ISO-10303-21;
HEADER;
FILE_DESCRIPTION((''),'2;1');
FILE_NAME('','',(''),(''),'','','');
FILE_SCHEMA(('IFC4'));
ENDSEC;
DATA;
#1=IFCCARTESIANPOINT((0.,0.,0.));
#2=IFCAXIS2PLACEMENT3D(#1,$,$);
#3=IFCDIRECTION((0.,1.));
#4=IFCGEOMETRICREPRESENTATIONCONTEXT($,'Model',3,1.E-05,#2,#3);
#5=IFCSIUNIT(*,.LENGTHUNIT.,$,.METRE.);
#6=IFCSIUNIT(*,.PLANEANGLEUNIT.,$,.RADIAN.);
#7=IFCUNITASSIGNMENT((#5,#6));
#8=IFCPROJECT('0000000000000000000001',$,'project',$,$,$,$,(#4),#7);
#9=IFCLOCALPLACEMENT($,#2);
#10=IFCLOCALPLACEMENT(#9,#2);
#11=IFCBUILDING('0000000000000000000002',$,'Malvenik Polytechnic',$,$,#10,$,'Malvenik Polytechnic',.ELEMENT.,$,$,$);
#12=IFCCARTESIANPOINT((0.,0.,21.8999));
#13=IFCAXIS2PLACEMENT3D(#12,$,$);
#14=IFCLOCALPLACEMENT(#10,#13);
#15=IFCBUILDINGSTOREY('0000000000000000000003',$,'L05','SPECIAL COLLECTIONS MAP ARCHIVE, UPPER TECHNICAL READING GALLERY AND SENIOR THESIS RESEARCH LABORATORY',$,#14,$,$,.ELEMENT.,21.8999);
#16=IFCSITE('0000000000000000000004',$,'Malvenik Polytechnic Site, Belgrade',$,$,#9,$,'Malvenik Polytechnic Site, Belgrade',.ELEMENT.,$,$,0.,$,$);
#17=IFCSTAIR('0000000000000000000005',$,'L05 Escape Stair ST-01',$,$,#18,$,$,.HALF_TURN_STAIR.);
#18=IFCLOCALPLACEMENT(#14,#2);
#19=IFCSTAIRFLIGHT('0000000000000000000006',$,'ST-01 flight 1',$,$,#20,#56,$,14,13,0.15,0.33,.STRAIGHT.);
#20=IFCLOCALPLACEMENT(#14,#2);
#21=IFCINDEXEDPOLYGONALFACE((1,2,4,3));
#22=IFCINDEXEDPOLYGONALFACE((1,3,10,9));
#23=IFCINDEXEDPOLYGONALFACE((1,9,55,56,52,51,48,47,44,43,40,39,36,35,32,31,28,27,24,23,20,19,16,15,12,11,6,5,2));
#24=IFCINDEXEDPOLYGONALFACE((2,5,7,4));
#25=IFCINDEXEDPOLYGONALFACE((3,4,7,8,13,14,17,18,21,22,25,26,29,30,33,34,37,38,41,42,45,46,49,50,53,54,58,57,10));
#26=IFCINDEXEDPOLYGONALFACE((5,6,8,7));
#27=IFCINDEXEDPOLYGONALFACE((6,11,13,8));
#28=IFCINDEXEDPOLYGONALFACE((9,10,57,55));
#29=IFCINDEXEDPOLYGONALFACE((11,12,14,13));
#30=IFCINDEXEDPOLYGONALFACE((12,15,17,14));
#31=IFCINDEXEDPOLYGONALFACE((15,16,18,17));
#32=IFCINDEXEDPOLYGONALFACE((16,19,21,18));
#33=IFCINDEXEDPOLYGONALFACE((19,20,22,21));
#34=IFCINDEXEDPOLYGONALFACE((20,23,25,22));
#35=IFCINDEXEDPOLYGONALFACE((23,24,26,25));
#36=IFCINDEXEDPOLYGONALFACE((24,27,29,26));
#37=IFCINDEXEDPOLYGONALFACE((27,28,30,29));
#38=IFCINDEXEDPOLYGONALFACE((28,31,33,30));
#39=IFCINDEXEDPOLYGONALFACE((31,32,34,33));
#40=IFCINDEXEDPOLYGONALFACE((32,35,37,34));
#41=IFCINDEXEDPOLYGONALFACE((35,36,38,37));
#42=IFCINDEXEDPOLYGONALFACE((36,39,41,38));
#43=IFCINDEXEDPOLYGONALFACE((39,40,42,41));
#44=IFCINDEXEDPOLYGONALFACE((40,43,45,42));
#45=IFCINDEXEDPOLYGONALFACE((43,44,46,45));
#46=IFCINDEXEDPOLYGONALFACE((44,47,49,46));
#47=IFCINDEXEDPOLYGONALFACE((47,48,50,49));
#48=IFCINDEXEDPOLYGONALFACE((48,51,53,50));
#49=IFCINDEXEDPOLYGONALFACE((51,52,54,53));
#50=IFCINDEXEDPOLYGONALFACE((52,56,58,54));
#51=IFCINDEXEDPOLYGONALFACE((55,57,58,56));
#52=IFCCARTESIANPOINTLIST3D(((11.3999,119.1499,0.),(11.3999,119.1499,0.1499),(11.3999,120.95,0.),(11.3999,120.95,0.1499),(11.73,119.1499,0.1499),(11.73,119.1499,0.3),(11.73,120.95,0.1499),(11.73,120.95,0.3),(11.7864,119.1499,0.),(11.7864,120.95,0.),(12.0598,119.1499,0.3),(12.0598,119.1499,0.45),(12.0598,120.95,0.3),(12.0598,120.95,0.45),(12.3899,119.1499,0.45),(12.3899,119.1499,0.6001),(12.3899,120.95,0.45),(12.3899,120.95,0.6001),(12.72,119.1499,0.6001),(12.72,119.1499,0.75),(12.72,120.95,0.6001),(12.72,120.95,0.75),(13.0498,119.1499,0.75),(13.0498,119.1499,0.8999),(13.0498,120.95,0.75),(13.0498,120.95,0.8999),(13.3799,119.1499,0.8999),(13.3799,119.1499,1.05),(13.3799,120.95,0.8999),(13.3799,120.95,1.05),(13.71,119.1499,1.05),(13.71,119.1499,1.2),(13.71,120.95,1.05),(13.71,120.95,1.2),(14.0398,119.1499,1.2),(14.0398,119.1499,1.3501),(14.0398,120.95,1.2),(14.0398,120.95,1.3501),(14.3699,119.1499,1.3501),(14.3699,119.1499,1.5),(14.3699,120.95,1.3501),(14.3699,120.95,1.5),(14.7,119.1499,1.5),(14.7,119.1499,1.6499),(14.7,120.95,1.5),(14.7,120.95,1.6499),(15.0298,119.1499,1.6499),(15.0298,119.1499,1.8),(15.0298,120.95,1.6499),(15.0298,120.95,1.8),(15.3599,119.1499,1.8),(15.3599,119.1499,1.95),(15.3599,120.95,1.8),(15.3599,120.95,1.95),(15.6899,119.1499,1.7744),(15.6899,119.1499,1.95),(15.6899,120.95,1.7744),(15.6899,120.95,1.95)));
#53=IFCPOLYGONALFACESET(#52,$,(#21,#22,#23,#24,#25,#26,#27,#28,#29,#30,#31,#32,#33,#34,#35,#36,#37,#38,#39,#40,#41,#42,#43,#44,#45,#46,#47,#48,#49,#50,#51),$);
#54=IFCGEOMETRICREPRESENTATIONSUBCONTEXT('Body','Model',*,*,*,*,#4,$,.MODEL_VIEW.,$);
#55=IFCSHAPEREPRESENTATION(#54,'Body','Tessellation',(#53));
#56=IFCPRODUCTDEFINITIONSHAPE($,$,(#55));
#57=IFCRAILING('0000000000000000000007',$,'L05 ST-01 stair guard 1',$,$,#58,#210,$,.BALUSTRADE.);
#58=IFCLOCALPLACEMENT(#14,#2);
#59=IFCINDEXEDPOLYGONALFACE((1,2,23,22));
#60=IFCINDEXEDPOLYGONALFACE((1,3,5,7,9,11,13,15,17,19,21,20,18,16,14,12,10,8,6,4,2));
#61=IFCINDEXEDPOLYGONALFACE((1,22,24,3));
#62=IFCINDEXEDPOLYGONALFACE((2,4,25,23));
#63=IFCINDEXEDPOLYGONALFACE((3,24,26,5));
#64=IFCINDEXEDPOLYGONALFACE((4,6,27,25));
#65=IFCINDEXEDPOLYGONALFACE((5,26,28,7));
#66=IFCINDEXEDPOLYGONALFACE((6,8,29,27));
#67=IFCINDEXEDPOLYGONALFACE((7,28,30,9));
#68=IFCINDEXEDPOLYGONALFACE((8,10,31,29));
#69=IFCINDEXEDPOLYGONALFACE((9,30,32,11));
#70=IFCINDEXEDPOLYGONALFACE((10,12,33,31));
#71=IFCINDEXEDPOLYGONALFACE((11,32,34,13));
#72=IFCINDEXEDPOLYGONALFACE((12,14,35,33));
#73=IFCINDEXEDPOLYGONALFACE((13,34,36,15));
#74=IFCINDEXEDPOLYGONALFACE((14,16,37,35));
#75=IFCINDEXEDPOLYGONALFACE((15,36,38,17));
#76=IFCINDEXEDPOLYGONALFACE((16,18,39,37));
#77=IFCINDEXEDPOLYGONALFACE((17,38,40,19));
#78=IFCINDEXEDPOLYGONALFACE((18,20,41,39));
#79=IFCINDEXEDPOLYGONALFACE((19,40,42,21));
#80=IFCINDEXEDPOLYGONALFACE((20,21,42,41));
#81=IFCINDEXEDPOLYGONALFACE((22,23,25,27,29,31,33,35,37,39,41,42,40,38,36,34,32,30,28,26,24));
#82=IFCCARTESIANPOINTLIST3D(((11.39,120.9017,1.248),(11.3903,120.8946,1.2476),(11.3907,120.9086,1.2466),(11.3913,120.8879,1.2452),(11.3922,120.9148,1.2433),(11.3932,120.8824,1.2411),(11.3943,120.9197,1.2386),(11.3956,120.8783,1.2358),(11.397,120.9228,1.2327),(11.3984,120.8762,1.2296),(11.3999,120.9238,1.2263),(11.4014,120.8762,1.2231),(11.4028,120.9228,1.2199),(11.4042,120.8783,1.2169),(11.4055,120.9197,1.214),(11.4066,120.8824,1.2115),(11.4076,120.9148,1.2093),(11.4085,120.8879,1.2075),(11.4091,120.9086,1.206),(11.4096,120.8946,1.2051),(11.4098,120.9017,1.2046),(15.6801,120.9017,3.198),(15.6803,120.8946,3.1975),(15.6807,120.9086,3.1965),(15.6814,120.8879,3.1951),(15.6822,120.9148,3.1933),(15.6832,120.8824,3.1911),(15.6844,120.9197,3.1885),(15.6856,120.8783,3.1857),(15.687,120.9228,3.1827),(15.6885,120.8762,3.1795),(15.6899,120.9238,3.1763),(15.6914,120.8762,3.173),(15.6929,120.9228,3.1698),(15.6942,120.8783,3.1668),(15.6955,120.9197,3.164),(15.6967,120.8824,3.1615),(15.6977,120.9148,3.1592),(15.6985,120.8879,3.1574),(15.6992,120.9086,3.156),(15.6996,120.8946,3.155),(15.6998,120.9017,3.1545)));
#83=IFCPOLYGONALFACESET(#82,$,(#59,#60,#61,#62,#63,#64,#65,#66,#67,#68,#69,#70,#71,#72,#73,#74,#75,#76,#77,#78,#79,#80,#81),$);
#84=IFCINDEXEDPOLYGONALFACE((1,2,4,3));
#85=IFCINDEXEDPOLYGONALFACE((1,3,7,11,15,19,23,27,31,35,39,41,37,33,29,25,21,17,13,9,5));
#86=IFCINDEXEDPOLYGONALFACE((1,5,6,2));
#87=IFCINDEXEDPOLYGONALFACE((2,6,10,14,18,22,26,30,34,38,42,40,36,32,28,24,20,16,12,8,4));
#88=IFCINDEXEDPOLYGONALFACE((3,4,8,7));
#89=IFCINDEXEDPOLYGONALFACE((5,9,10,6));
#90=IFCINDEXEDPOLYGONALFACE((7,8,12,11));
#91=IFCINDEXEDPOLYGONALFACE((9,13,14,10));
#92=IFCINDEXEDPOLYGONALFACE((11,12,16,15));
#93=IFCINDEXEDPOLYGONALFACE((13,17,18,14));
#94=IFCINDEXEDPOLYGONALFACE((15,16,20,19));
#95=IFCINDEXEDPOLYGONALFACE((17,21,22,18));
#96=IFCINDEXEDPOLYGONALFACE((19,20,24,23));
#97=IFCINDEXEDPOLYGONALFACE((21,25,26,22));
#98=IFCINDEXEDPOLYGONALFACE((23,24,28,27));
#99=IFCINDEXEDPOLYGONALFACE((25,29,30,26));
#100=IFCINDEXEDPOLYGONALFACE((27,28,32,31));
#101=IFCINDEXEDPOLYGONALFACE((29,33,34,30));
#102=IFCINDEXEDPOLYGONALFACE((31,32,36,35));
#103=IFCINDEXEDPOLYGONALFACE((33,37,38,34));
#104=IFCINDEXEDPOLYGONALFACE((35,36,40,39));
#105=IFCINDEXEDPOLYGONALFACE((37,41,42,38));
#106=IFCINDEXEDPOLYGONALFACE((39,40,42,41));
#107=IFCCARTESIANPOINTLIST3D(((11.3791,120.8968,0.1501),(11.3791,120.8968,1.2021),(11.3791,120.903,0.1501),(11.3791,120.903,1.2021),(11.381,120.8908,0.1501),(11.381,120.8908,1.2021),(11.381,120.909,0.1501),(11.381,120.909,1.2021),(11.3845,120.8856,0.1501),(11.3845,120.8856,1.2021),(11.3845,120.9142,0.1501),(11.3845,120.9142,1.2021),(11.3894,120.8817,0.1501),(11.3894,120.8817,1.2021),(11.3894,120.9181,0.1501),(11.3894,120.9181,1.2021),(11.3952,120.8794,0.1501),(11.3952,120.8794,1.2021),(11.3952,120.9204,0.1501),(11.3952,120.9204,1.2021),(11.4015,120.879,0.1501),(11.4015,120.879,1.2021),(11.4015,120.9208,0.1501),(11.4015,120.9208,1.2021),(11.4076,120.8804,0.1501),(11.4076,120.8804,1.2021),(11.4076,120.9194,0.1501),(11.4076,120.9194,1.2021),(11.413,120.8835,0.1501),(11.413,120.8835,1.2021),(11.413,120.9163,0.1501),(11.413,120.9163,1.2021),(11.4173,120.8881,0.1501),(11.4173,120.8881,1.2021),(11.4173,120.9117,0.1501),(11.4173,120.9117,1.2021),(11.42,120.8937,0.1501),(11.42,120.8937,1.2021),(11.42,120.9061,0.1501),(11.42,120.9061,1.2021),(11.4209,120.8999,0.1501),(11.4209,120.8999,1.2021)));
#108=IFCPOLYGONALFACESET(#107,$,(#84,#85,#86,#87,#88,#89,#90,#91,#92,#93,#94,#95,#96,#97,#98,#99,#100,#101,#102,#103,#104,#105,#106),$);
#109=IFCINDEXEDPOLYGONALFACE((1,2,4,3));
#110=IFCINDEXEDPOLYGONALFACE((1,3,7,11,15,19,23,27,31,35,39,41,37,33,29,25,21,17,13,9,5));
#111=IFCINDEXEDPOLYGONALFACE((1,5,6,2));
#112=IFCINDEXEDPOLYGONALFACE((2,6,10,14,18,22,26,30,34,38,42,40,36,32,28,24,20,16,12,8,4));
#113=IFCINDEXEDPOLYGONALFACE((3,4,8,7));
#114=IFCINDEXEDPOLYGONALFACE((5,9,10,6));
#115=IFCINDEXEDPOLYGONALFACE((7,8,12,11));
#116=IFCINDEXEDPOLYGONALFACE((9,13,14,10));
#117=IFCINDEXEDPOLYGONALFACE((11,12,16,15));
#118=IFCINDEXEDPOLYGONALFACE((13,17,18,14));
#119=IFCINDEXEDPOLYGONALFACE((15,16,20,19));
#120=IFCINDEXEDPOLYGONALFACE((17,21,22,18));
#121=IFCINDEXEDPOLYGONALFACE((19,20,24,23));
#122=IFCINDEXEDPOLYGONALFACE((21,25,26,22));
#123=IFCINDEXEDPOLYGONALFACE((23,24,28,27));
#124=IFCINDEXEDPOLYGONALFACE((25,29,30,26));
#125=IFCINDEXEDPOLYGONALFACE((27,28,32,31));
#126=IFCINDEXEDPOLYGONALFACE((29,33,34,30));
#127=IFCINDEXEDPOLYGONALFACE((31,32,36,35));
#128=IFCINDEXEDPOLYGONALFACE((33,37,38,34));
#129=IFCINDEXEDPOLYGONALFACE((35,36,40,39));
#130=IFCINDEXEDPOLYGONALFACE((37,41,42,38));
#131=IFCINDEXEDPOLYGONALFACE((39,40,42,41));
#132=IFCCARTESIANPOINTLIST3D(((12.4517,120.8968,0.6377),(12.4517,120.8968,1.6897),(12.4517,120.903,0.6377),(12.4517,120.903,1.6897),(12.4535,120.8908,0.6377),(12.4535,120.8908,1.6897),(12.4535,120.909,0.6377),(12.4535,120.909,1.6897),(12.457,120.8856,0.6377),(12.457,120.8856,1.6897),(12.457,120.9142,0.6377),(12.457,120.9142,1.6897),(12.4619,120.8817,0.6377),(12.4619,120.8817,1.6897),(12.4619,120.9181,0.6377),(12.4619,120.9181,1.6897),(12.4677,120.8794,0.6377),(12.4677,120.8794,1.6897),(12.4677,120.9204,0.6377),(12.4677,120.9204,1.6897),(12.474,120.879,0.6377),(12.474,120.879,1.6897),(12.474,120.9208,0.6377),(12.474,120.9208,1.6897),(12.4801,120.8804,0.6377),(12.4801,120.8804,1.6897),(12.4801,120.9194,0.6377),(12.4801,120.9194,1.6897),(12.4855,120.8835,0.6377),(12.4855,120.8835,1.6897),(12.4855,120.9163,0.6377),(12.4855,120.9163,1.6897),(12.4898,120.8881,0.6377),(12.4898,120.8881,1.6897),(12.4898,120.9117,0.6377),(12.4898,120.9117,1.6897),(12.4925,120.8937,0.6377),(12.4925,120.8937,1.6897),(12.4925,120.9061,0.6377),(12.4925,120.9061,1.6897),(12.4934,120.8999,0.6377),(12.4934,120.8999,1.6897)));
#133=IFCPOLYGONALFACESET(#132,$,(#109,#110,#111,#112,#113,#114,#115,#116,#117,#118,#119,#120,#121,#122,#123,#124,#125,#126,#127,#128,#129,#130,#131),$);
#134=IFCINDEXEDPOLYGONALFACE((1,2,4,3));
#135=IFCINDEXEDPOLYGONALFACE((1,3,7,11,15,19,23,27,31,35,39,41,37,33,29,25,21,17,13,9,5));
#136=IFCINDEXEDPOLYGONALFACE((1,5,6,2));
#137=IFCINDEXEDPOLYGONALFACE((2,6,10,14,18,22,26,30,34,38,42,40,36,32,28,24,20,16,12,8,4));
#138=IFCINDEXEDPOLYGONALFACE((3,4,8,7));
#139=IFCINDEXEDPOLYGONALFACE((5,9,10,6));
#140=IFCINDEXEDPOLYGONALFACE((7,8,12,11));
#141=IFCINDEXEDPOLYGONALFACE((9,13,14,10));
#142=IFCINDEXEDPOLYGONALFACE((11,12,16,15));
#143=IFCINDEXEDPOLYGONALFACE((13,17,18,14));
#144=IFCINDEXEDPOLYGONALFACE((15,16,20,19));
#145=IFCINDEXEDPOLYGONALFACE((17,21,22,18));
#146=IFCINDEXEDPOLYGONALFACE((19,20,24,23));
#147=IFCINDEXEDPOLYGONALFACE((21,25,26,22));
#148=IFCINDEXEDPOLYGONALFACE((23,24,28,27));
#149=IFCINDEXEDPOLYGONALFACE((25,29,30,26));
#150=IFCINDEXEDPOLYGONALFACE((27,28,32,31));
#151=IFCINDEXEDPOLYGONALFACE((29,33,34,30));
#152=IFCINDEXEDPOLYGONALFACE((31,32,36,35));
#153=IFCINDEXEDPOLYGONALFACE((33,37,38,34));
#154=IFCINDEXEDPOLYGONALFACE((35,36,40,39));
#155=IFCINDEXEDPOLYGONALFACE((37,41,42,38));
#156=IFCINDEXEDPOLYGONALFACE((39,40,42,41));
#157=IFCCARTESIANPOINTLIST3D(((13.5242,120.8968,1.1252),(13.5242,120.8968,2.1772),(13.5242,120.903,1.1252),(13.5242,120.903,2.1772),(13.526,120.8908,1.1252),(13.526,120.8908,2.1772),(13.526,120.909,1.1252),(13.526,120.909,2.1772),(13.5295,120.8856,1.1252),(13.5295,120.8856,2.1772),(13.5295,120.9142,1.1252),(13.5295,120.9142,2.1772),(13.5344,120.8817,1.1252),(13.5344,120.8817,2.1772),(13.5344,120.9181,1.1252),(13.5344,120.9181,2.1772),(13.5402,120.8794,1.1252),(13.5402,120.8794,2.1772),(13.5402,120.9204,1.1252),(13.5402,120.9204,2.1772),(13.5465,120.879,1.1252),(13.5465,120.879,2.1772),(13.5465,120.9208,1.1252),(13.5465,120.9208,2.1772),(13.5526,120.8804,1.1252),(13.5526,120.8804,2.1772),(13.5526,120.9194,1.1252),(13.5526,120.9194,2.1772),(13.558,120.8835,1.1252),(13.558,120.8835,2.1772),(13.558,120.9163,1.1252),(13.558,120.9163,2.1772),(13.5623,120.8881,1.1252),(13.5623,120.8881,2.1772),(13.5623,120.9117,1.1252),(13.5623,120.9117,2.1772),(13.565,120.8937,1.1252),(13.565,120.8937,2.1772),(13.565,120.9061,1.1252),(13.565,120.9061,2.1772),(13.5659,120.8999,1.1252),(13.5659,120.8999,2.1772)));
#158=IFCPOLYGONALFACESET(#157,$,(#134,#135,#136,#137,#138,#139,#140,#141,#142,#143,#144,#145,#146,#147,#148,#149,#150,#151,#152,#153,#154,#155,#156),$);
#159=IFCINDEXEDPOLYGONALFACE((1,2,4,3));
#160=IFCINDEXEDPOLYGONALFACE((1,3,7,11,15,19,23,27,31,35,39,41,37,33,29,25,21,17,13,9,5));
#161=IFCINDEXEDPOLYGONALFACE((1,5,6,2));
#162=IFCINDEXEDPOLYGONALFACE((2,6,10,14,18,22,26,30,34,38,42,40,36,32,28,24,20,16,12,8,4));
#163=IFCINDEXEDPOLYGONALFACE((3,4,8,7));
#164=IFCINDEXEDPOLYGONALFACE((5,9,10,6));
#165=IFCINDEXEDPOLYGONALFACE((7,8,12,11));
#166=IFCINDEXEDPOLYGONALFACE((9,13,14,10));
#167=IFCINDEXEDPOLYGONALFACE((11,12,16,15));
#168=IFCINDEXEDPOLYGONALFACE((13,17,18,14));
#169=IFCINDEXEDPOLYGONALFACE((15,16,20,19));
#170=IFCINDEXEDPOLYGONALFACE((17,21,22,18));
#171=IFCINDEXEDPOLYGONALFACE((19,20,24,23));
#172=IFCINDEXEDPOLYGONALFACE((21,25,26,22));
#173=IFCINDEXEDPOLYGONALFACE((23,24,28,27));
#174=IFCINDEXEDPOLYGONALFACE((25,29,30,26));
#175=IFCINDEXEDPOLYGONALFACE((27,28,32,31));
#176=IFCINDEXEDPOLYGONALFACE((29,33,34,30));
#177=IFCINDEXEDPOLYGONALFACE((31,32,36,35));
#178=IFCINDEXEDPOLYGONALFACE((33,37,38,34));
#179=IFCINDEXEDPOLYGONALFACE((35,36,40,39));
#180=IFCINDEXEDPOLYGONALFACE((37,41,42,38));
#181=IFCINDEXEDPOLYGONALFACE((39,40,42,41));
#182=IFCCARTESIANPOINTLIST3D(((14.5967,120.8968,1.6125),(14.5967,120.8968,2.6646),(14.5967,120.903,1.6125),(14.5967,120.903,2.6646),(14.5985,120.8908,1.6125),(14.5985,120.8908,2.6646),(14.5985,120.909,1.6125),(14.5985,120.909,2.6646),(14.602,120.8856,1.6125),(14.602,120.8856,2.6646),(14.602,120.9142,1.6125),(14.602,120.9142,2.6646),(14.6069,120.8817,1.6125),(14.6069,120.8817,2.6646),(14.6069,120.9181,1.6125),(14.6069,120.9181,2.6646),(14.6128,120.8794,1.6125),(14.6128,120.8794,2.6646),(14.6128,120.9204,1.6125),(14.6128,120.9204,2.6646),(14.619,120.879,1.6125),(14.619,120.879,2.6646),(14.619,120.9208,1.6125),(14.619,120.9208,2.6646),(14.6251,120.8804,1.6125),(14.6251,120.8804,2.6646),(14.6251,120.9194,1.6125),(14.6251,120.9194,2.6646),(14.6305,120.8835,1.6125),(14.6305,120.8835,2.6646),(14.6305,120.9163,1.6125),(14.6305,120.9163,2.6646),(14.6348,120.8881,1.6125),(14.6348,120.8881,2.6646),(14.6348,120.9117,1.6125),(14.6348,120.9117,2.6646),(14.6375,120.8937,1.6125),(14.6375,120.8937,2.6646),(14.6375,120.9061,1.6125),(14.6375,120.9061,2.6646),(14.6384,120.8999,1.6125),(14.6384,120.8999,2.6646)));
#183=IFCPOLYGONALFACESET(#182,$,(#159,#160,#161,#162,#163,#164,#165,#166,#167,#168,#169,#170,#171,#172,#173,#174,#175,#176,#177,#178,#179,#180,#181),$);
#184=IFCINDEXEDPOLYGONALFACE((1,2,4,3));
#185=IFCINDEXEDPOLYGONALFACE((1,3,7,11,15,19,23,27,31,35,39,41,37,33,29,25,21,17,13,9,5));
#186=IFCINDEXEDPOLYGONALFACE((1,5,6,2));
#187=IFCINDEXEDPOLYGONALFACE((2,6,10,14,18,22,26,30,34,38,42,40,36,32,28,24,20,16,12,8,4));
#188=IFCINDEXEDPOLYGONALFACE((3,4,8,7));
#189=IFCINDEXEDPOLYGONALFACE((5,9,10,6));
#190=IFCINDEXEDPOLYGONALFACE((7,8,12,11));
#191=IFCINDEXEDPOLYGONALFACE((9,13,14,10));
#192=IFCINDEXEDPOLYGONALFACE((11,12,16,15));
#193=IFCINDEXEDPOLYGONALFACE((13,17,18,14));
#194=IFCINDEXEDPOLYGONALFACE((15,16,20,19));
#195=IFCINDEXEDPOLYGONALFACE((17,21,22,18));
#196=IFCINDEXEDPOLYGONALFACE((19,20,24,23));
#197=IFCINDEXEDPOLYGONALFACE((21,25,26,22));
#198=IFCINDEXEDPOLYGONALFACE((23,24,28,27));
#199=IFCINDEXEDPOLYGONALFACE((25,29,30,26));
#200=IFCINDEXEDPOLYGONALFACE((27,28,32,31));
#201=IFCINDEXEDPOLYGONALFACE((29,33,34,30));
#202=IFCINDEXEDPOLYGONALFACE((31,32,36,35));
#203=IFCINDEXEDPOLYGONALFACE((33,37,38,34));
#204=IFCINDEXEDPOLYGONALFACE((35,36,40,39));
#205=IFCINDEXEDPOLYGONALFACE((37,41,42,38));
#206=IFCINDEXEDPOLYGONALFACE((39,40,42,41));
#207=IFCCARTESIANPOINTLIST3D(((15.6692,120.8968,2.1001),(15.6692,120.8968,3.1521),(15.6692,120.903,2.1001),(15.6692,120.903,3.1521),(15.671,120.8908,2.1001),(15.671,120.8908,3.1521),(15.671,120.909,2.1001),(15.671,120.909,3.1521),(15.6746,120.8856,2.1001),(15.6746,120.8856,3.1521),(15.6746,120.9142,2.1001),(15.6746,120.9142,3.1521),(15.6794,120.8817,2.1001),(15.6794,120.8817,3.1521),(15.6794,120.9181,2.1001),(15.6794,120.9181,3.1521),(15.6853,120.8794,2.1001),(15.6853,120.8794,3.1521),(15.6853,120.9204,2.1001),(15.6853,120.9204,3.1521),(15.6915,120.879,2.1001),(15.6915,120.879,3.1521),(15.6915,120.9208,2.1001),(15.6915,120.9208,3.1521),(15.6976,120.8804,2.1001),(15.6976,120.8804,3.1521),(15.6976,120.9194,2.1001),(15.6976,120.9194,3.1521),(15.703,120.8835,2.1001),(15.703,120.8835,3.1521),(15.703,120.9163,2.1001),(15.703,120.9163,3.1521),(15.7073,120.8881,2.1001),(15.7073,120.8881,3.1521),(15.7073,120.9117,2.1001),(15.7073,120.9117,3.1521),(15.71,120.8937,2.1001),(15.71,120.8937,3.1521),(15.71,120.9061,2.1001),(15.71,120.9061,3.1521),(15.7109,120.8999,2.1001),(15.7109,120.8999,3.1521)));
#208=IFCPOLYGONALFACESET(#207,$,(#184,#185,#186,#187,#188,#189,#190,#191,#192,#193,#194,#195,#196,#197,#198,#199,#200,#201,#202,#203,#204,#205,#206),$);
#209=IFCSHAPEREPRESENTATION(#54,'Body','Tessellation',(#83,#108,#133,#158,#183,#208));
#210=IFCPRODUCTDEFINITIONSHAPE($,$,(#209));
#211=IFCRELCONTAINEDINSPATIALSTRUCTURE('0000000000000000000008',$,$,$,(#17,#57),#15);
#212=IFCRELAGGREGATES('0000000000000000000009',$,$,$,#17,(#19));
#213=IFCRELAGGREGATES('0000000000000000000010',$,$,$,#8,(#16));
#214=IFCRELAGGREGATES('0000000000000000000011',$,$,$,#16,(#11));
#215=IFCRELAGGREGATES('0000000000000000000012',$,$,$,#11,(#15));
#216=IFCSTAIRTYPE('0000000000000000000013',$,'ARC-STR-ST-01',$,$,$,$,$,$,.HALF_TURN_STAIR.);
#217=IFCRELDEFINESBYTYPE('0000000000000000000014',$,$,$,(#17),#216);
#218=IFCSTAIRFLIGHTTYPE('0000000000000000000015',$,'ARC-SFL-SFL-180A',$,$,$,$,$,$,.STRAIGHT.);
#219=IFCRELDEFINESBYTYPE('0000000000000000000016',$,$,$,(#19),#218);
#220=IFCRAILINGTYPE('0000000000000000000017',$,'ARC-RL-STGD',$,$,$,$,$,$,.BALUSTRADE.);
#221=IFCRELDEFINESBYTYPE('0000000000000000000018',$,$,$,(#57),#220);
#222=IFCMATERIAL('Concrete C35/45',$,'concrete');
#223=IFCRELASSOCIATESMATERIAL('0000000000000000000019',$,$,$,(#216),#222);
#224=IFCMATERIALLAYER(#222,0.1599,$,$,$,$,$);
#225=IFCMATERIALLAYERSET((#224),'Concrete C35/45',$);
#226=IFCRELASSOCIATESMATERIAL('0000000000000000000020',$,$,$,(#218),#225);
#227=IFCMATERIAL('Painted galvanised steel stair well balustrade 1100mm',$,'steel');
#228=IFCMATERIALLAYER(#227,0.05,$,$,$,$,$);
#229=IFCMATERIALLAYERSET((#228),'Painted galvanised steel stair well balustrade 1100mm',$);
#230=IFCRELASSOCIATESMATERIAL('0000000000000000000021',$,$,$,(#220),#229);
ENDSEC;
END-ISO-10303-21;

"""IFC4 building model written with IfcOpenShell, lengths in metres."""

from ifc_helpers import new_model, si_unit, direction, frame, origin, origin_2d, place, context, subcontext, project, spatial, polyline, circle, outline, extrude, material, layer, layer_set, type_object, element, aggregate, save


model = new_model("IFC4")

# Units and contexts
model_context = context("Model", 3, precision=1e-05, world=origin(), true_north=direction((0.0, 1.0)))
body_context = subcontext(model_context, "Body", "Model", "MODEL_VIEW")
ifc_project = project(units=[si_unit("LENGTHUNIT", "METRE"), si_unit("PLANEANGLEUNIT", "RADIAN")], contexts=[model_context])

# Site, building, storey
site_placement = place(None, origin())
site = spatial("IfcSite", under=ifc_project, at=site_placement, Name="Malvenik Polytechnic Site, Belgrade", LongName="Malvenik Polytechnic Site, Belgrade", CompositionType="ELEMENT", RefElevation=0.0)
building_placement = place(site_placement, origin())
building = spatial("IfcBuilding", under=site, at=building_placement, Name="Malvenik Polytechnic", LongName="Malvenik Polytechnic", CompositionType="ELEMENT")
storey_placement = place(building_placement, frame((0.0, 0.0, 21.8999)))
storey = spatial("IfcBuildingStorey", under=building, at=storey_placement, Name="L05", Description="SPECIAL COLLECTIONS MAP ARCHIVE, UPPER TECHNICAL READING GALLERY AND SENIOR THESIS RESEARCH LABORATORY", CompositionType="ELEMENT", Elevation=21.8999)

# Shared definitions
ifc_material_1 = material(Name="Concrete C35/45", Category="concrete")

# Stair, stair flight
stair_type = type_object("IfcStairType", Name="ARC-STR-ST-01", PredefinedType="HALF_TURN_STAIR", material=ifc_material_1)
stair_placement = place(storey_placement, origin())
stair = element("IfcStair", 1, at=stair_placement, inside=storey, type_object=stair_type, Name="L05 Escape Stair ST-01", PredefinedType="HALF_TURN_STAIR")
ifc_layer_1 = layer(ifc_material_1, 0.1599)
ifc_layer_set_1 = layer_set([ifc_layer_1], Name="Concrete C35/45")
stair_flight_type = type_object("IfcStairFlightType", Name="ARC-SFL-SFL-180A", PredefinedType="STRAIGHT", material=ifc_layer_set_1)
stair_flight_placement = place(storey_placement, frame((11.3999, 120.05, 0.0), z_axis=(0.0, 0.0, 1.0), x_axis=(1.0, 0.0, 0.0)))
stair_flight = element("IfcStairFlight", 2, at=stair_flight_placement, type_object=stair_flight_type, Name="ST-01 flight 1", NumberOfRisers=14, NumberOfTreads=13, PredefinedType="STRAIGHT", RiserHeight=0.15, TreadLength=0.33, context=body_context, shape_type="SweptSolid", body=[
    extrude(outline(polyline([(0.0, 0.0), (0.0, 0.1499), (0.3301, 0.1499), (0.3301, 0.3), (0.6599, 0.3), (0.6599, 0.45), (0.99, 0.45), (0.99, 0.6001), (1.3201, 0.6001), (1.3201, 0.75), (1.6499, 0.75), (1.6499, 0.8999), (1.98, 0.8999), (1.98, 1.05), (2.3101, 1.05), (2.3101, 1.2), (2.6399, 1.2), (2.6399, 1.3501), (2.97, 1.3501), (2.97, 1.5), (3.3, 1.5), (3.3, 1.6499), (3.6299, 1.6499), (3.6299, 1.8), (3.96, 1.8), (3.96, 1.95), (4.29, 1.95), (4.29, 2.1001), (4.29, 1.7744), (0.3865, 0.0), (0.0, 0.0)])), frame((0.0, 0.8999, 0.0), z_axis=(0.0, -1.0, 0.0), x_axis=(1.0, 0.0, 0.0)), (0.0, 0.0, 1.0), 1.8),
])
aggregate(stair, [stair_flight])

# Railing
ifc_material_2 = material(Name="Painted galvanised steel stair well balustrade 1100mm", Category="steel")
ifc_layer_2 = layer(ifc_material_2, 0.05)
ifc_layer_set_2 = layer_set([ifc_layer_2], Name="Painted galvanised steel stair well balustrade 1100mm")
railing_type_1 = type_object("IfcRailingType", Name="ARC-RL-STGD", PredefinedType="BALUSTRADE", material=ifc_layer_set_2)
railing_1_placement = place(storey_placement, frame((11.3999, 120.8999, 0.1501)))
element("IfcRailing", 3, at=railing_1_placement, inside=storey, type_object=railing_type_1, Name="L05 ST-01 stair guard 1", PredefinedType="BALUSTRADE", context=body_context, shape_type="SweptSolid", body=[
    extrude(circle(Radius=0.0239, at=origin_2d()), frame((0.0, 0.0, 1.0762), z_axis=(0.910372, 0.0, 0.413791), x_axis=(0.0, 1.0, 0.0)), (0.0, 0.0, 1.0), 4.7124),
    extrude(circle(Radius=0.021, at=origin_2d()), origin(), (0.0, 0.0, 1.0), 1.052),
    extrude(circle(Radius=0.021, at=origin_2d()), frame((1.0725, 0.0, 0.4875)), (0.0, 0.0, 1.0), 1.052),
    extrude(circle(Radius=0.021, at=origin_2d()), frame((2.145, 0.0, 0.9751)), (0.0, 0.0, 1.0), 1.052),
    extrude(circle(Radius=0.021, at=origin_2d()), frame((3.2175, 0.0, 1.4624)), (0.0, 0.0, 1.0), 1.052),
    extrude(circle(Radius=0.021, at=origin_2d()), frame((4.29, 0.0, 1.95)), (0.0, 0.0, 1.0), 1.052),
])

save(model, "model.ifc")
